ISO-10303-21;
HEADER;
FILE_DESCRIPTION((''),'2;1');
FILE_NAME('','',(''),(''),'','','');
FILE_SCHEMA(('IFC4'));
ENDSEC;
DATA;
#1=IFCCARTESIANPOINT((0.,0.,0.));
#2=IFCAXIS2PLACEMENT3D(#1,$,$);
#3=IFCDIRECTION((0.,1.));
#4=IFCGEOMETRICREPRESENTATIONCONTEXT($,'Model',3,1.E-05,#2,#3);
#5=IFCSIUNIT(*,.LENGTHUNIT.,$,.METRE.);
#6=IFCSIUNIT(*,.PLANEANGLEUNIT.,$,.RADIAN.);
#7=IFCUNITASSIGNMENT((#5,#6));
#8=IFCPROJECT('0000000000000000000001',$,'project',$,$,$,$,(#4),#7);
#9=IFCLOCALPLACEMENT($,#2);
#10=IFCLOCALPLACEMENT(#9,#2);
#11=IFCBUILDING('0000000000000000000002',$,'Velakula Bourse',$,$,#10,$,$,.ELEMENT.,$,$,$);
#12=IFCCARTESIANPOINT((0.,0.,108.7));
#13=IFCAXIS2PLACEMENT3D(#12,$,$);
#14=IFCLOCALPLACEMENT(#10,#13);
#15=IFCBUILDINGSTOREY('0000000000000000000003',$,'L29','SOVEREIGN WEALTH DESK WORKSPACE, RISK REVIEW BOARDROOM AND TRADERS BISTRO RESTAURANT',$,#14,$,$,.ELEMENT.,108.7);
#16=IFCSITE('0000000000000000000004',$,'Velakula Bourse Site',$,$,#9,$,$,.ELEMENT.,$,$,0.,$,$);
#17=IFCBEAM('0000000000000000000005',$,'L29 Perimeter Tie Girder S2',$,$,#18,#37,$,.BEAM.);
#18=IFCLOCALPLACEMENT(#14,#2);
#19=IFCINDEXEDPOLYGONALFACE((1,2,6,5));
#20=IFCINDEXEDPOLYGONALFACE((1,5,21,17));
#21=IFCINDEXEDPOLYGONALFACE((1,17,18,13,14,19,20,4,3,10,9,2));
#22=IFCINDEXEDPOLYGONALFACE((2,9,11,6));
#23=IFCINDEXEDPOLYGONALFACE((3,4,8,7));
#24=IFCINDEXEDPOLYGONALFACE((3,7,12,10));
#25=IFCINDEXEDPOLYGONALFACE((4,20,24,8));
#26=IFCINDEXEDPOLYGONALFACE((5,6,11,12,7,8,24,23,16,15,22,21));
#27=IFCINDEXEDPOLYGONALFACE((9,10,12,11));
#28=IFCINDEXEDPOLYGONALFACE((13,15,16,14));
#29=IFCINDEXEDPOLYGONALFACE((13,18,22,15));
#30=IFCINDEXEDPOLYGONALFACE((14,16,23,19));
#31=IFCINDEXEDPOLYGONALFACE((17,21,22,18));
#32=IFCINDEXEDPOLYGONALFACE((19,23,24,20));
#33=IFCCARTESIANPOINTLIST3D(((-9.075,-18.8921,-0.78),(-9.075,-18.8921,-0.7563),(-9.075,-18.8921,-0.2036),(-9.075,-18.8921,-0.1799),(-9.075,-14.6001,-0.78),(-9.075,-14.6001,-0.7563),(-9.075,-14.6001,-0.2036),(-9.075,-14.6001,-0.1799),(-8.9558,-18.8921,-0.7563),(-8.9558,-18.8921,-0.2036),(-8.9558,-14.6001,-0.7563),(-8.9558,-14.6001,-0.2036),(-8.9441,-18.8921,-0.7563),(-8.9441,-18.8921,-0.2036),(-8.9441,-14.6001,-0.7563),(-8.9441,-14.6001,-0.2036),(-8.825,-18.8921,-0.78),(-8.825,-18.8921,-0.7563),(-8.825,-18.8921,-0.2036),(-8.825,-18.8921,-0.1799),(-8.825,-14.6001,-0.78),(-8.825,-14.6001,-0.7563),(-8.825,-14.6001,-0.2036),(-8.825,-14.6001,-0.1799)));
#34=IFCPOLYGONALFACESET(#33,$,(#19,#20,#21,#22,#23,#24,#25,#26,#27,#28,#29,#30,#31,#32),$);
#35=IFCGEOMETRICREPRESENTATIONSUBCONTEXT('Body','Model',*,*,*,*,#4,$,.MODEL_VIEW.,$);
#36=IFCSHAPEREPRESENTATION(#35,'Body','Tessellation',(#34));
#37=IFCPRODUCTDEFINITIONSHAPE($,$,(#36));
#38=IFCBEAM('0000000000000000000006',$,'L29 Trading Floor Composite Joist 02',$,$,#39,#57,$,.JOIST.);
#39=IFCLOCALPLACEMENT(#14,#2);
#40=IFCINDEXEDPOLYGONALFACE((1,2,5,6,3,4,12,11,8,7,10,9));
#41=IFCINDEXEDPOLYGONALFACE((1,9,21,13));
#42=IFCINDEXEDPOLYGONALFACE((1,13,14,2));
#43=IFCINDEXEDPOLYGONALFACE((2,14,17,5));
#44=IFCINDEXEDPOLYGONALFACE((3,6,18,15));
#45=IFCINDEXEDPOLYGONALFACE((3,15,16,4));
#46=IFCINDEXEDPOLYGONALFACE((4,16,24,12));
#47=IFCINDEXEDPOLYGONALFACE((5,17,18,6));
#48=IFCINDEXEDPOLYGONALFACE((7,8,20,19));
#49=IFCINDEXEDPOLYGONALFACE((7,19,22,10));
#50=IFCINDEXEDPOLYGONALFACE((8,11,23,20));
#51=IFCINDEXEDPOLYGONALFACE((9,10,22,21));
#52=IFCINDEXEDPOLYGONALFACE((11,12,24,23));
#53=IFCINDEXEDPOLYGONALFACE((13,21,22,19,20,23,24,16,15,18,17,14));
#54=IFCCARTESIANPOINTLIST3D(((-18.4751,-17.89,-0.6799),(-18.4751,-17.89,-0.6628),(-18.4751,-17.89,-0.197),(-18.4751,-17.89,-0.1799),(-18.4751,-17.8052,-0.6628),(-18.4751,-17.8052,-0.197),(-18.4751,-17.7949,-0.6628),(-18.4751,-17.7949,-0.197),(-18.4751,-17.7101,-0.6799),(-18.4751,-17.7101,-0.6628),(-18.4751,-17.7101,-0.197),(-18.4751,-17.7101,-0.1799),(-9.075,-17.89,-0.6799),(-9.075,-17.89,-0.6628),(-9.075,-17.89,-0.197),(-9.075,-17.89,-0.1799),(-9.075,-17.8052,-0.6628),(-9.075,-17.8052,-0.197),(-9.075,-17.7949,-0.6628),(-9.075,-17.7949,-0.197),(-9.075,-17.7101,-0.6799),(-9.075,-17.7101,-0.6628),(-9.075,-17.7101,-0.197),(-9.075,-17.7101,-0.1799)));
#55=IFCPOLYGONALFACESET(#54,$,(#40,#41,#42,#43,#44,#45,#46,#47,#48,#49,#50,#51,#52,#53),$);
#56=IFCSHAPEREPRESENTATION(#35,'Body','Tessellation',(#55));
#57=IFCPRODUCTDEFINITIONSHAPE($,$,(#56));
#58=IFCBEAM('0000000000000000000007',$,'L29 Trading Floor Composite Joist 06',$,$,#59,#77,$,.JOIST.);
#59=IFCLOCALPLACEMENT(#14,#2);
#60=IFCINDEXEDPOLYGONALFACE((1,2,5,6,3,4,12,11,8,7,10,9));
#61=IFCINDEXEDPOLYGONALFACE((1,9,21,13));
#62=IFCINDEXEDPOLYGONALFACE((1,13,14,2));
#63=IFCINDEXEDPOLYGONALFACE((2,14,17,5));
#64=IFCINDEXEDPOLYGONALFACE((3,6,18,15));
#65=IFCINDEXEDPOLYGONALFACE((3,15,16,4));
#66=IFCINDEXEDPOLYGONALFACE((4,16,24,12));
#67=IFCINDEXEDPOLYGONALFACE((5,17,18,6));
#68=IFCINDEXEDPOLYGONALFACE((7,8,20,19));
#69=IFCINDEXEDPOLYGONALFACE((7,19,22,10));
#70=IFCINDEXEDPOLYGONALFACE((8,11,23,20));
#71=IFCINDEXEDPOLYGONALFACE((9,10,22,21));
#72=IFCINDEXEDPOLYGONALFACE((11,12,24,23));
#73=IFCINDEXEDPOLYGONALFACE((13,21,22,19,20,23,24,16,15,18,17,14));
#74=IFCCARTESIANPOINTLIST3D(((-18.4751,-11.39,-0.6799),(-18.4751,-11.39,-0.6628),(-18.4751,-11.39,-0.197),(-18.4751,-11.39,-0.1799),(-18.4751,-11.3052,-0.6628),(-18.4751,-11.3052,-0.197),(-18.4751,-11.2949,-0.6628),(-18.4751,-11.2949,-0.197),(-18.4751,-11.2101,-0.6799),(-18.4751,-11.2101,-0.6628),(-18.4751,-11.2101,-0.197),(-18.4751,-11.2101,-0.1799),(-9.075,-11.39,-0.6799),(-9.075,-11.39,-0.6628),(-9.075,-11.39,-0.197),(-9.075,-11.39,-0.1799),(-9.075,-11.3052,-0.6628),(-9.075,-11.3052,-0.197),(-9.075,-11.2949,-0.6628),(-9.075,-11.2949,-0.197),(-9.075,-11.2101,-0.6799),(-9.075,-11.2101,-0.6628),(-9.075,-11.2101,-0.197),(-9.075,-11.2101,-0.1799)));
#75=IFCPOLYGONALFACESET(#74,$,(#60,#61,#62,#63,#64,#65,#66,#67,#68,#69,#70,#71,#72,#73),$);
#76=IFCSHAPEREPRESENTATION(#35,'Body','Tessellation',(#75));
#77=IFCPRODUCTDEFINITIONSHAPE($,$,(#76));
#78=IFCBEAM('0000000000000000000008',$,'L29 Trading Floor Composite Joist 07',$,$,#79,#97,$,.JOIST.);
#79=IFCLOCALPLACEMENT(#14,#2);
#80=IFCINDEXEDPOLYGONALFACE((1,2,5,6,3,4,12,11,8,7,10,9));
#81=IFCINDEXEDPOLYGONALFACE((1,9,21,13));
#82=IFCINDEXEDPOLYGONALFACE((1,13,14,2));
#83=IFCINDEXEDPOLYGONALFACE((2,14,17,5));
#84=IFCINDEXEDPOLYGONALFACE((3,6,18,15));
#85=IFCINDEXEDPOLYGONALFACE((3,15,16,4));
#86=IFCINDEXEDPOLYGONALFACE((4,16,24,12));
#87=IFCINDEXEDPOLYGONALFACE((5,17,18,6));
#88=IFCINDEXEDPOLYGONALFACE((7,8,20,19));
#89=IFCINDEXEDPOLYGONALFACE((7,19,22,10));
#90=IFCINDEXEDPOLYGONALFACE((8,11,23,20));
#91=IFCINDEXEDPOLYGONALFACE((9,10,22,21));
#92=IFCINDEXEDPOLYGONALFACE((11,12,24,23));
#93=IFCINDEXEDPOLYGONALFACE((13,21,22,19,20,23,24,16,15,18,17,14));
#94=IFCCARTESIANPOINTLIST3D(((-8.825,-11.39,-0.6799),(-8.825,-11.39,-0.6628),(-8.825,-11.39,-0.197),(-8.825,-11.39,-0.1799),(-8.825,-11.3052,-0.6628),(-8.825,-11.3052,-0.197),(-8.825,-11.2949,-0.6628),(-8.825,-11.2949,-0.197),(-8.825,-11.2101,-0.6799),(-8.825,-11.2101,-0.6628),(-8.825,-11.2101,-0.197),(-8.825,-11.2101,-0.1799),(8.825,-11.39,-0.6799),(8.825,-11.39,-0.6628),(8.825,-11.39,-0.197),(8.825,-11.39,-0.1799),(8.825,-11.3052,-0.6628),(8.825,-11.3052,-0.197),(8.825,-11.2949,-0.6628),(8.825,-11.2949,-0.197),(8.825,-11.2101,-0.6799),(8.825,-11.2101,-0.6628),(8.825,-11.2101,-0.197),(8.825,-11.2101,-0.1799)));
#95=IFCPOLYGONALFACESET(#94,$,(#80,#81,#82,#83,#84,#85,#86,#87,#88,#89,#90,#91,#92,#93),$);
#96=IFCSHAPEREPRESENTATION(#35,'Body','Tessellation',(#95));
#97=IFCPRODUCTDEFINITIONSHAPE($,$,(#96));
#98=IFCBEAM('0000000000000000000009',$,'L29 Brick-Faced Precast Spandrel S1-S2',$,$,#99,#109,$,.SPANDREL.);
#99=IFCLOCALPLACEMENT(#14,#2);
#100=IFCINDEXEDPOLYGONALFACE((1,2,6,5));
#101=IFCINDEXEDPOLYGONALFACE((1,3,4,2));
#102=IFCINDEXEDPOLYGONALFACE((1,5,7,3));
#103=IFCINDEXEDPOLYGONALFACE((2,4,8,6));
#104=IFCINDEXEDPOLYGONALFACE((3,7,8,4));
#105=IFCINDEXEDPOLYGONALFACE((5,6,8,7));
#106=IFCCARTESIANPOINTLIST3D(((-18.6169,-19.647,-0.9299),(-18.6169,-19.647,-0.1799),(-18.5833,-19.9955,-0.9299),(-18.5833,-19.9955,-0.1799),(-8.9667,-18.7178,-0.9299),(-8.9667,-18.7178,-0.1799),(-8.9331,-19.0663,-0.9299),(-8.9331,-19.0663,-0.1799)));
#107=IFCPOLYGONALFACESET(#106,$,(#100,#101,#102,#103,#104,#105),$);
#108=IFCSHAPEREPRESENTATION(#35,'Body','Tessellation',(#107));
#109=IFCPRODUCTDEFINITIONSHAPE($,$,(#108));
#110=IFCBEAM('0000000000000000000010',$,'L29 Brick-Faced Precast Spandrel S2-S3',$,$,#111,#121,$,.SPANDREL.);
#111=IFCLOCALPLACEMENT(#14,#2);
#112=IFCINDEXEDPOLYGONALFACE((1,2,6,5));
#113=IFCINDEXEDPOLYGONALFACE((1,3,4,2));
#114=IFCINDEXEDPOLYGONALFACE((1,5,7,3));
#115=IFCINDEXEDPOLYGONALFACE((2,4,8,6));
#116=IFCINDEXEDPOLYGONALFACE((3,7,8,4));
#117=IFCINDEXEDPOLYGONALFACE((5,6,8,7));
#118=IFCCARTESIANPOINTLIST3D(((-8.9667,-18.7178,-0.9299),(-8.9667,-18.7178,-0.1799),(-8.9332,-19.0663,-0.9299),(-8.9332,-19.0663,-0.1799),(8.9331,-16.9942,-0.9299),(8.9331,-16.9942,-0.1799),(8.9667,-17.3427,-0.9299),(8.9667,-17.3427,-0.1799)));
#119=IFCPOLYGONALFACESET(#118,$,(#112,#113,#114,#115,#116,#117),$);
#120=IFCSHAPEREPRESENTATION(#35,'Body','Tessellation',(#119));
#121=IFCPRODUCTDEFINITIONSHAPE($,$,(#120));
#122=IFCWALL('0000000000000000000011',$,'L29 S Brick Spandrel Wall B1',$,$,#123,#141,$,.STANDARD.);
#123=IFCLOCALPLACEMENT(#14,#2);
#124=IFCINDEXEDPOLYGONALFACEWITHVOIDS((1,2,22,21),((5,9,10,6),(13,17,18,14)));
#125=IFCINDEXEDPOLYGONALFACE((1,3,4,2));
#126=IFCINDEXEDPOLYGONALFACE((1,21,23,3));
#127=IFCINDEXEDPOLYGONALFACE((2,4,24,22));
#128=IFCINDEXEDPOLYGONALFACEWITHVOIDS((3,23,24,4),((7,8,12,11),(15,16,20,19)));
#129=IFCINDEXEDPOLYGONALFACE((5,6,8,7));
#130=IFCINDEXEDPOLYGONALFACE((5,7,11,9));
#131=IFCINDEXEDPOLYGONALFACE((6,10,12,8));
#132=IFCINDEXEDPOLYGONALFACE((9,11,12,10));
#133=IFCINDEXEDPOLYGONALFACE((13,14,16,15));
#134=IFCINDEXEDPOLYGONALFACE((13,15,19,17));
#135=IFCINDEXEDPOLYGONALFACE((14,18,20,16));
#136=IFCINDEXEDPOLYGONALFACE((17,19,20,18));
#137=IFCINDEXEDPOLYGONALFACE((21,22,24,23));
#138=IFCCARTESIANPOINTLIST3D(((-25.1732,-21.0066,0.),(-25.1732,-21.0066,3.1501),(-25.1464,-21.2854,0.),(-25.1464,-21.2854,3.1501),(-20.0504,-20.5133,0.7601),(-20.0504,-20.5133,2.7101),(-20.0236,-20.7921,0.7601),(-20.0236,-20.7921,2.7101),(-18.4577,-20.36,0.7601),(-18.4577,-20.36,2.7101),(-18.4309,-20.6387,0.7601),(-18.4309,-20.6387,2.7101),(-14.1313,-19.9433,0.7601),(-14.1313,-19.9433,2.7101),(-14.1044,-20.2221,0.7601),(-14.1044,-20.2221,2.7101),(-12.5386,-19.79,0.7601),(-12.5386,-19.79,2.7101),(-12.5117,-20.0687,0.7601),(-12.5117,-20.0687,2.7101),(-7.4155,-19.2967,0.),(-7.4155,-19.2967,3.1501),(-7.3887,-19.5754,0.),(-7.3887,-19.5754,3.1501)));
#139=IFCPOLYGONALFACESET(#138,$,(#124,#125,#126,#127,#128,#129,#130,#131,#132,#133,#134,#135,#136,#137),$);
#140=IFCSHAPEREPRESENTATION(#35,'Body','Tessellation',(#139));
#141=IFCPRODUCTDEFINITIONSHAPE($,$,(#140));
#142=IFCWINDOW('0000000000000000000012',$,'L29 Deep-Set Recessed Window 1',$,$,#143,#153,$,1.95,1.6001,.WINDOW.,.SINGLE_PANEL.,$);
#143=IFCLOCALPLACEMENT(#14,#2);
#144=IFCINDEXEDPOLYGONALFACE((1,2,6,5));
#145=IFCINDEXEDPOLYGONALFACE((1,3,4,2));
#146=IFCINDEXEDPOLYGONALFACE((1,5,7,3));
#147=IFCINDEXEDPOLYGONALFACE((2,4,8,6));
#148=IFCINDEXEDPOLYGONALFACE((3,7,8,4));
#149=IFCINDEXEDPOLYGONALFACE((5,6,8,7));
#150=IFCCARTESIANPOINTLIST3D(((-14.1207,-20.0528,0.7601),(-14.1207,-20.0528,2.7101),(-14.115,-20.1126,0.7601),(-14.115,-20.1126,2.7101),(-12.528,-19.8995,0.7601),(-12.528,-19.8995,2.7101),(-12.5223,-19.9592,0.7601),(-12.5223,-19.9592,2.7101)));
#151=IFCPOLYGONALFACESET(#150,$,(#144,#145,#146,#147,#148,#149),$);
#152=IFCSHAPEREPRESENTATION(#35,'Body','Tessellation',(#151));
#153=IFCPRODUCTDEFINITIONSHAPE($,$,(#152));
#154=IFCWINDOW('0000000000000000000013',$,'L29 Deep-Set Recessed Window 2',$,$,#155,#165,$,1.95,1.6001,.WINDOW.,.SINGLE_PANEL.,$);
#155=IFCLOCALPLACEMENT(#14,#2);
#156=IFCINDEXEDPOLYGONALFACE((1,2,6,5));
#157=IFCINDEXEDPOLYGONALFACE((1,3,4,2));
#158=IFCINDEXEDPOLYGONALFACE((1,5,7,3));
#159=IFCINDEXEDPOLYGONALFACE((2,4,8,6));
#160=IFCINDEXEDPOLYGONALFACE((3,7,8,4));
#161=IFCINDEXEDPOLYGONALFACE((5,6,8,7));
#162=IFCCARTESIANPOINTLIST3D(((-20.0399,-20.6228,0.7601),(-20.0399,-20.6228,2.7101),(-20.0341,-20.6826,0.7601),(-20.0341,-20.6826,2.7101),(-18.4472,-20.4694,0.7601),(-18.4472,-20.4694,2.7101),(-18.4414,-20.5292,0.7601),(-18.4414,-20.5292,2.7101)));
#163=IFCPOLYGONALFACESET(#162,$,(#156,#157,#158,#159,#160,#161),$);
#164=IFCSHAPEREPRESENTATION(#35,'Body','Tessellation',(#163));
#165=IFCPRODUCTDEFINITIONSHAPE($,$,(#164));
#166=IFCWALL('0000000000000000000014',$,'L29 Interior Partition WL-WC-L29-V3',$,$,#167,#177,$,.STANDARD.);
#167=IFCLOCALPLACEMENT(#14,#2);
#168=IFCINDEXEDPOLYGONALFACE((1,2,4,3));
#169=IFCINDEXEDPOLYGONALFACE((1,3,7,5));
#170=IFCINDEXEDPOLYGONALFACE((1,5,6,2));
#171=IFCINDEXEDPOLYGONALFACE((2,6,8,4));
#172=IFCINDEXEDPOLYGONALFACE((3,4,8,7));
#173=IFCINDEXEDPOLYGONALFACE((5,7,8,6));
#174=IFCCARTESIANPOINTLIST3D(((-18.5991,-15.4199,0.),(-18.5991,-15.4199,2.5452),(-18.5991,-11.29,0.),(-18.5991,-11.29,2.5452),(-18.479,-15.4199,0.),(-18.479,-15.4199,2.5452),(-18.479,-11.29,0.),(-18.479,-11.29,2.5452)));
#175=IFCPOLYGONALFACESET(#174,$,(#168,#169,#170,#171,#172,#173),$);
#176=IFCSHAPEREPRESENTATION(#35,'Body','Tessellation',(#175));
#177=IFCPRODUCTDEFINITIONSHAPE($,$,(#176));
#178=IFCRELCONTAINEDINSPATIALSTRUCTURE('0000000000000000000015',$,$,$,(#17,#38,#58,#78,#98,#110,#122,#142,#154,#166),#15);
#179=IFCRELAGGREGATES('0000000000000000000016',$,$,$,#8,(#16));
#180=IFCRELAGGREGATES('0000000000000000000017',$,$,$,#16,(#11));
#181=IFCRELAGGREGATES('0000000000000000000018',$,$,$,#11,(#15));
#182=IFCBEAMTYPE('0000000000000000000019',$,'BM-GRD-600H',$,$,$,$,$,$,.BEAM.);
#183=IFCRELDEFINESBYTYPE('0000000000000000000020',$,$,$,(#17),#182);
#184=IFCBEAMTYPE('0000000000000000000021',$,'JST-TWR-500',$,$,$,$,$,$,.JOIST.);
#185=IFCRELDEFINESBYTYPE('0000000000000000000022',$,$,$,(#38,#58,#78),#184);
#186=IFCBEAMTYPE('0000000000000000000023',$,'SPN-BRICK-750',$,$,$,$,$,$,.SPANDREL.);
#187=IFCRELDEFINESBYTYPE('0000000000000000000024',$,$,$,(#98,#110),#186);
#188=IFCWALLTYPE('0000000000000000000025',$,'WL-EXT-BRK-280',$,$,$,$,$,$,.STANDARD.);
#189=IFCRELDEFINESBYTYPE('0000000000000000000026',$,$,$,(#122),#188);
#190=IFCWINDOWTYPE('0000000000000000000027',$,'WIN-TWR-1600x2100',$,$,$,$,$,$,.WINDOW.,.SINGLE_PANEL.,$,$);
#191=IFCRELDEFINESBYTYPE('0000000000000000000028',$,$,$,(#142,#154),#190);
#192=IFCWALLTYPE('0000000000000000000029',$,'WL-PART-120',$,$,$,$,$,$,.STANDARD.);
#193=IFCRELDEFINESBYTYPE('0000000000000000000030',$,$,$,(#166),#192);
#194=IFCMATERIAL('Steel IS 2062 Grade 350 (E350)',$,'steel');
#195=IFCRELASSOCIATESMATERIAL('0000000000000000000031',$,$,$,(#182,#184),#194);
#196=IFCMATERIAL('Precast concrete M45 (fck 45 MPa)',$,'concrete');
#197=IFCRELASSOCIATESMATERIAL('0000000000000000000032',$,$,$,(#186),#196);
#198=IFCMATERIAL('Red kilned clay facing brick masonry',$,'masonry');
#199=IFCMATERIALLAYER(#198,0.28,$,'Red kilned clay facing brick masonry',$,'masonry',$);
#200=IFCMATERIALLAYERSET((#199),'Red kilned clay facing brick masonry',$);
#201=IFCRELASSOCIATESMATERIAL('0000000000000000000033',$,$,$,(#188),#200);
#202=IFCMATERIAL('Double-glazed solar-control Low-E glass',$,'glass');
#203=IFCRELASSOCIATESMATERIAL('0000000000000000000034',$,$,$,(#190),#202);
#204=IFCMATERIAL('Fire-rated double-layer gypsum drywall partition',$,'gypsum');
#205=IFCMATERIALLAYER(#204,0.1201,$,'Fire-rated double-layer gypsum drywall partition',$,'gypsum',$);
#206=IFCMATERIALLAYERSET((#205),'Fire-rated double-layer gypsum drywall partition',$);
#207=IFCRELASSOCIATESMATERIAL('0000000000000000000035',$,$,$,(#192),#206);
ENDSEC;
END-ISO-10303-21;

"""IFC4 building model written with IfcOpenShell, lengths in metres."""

from ifc_helpers import new_model, si_unit, direction, frame, frame_2d, origin, origin_2d, place, context, subcontext, project, spatial, rectangle, i_section, extrude, material, layer, layer_set, material_profile, profile_set, type_object, element, fill, save


model = new_model("IFC4")

# Units and contexts
model_context = context("Model", 3, precision=1e-05, world=origin(), true_north=direction((0.0, 1.0)))
body_context = subcontext(model_context, "Body", "Model", "MODEL_VIEW")
ifc_project = project(units=[si_unit("LENGTHUNIT", "METRE"), si_unit("PLANEANGLEUNIT", "RADIAN")], contexts=[model_context])

# Site, building, storey
site_placement = place(None, origin())
site = spatial("IfcSite", under=ifc_project, at=site_placement, Name="Velakula Bourse Site", CompositionType="ELEMENT", RefElevation=0.0)
building_placement = place(site_placement, origin())
building = spatial("IfcBuilding", under=site, at=building_placement, Name="Velakula Bourse", CompositionType="ELEMENT")
storey_placement = place(building_placement, frame((0.0, 0.0, 108.7)))
storey = spatial("IfcBuildingStorey", under=building, at=storey_placement, Name="L29", Description="SOVEREIGN WEALTH DESK WORKSPACE, RISK REVIEW BOARDROOM AND TRADERS BISTRO RESTAURANT", CompositionType="ELEMENT", Elevation=108.7)

# Beams
ifc_material_1 = material(Name="Steel IS 2062 Grade 350 (E350)", Category="steel")
ifc_material_profile_1 = material_profile(ifc_material_1, i_section(OverallWidth=0.25, OverallDepth=0.6001, WebThickness=0.0117, FlangeThickness=0.0237, at=origin_2d()), Name="Steel IS 2062 Grade 350 (E350)")
ifc_profile_set_1 = profile_set([ifc_material_profile_1], Name="Steel IS 2062 Grade 350 (E350)")
beam_type_1 = type_object("IfcBeamType", Name="BM-GRD-600H", PredefinedType="BEAM", material=ifc_profile_set_1)
beam_1_placement = place(storey_placement, frame((-8.95, -14.6001, -0.48), z_axis=(0.0, -1.0, 0.0), x_axis=(1.0, 0.0, 0.0)))
element("IfcBeam", 1, at=beam_1_placement, inside=storey, type_object=beam_type_1, Name="L29 Perimeter Tie Girder S2", PredefinedType="BEAM", context=body_context, shape_type="SweptSolid", body=[
    extrude(i_section(OverallWidth=0.25, OverallDepth=0.6001, WebThickness=0.0117, FlangeThickness=0.0237, at=origin_2d()), origin(), (0.0, 0.0, 1.0), 4.292),
])
ifc_material_profile_2 = material_profile(ifc_material_1, i_section(OverallWidth=0.1799, OverallDepth=0.5, WebThickness=0.0103, FlangeThickness=0.0171, at=origin_2d()), Name="Steel IS 2062 Grade 350 (E350)")
ifc_profile_set_2 = profile_set([ifc_material_profile_2], Name="Steel IS 2062 Grade 350 (E350)")
beam_type_2 = type_object("IfcBeamType", Name="JST-TWR-500", PredefinedType="JOIST", material=ifc_profile_set_2)
for number, where, z_axis, x_axis, name in (
    (2, (-18.4751, -17.8, -0.4299), (1.0, 0.0, 0.0), (0.0, 1.0, 0.0), "L29 Trading Floor Composite Joist 02"),
    (3, (-18.4751, -11.3, -0.4299), (1.0, 0.0, 0.0), (0.0, 1.0, 0.0), "L29 Trading Floor Composite Joist 06"),
):
    element("IfcBeam", number, at=place(storey_placement, frame(where, z_axis=z_axis, x_axis=x_axis)), inside=storey, type_object=beam_type_2, Name=name, PredefinedType="JOIST", context=body_context, shape_type="SweptSolid", body=[
        extrude(i_section(OverallWidth=0.1799, OverallDepth=0.5, WebThickness=0.0103, FlangeThickness=0.0171, at=origin_2d()), origin(), (0.0, 0.0, 1.0), 9.4001),
    ])
beam_2_placement = place(storey_placement, frame((-8.825, -11.3, -0.4299), z_axis=(1.0, 0.0, 0.0), x_axis=(0.0, 1.0, 0.0)))
element("IfcBeam", 4, at=beam_2_placement, inside=storey, type_object=beam_type_2, Name="L29 Trading Floor Composite Joist 07", PredefinedType="JOIST", context=body_context, shape_type="SweptSolid", body=[
    extrude(i_section(OverallWidth=0.1799, OverallDepth=0.5, WebThickness=0.0103, FlangeThickness=0.0171, at=origin_2d()), origin(), (0.0, 0.0, 1.0), 17.6499),
])
ifc_material_2 = material(Name="Precast concrete M45 (fck 45 MPa)", Category="concrete")
ifc_material_profile_3 = material_profile(ifc_material_2, rectangle(XDim=0.3501, YDim=0.75, at=origin_2d()), Name="Precast concrete M45 (fck 45 MPa)")
ifc_profile_set_3 = profile_set([ifc_material_profile_3], Name="Precast concrete M45 (fck 45 MPa)")
beam_type_3 = type_object("IfcBeamType", Name="SPN-BRICK-750", PredefinedType="SPANDREL", material=ifc_profile_set_3)
beam_3_placement = place(storey_placement, frame((-18.6001, -19.8213, -0.5549), z_axis=(0.995396, 0.095845, 0.0), x_axis=(-0.095845, 0.995396, 0.0)))
element("IfcBeam", 5, at=beam_3_placement, inside=storey, type_object=beam_type_3, Name="L29 Brick-Faced Precast Spandrel S1-S2", PredefinedType="SPANDREL", context=body_context, shape_type="SweptSolid", body=[
    extrude(rectangle(XDim=0.3501, YDim=0.75, at=origin_2d()), origin(), (0.0, 0.0, 1.0), 9.6948),
])
beam_4_placement = place(storey_placement, frame((-8.95, -18.8921, -0.5549), z_axis=(0.995396, 0.09585, 0.0), x_axis=(-0.09585, 0.995396, 0.0)))
element("IfcBeam", 6, at=beam_4_placement, inside=storey, type_object=beam_type_3, Name="L29 Brick-Faced Precast Spandrel S2-S3", PredefinedType="SPANDREL", context=body_context, shape_type="SweptSolid", body=[
    extrude(rectangle(XDim=0.3501, YDim=0.75, at=origin_2d()), origin(), (0.0, 0.0, 1.0), 17.9827),
])

# Wall, openings, windows
ifc_material_3 = material(Name="Red kilned clay facing brick masonry", Category="masonry")
ifc_layer_1 = layer(ifc_material_3, 0.28, Name="Red kilned clay facing brick masonry", Category="masonry")
ifc_layer_set_1 = layer_set([ifc_layer_1], Name="Red kilned clay facing brick masonry")
wall_type_1 = type_object("IfcWallType", Name="WL-EXT-BRK-280", PredefinedType="STANDARD", material=ifc_layer_set_1)
wall_1_placement = place(storey_placement, frame((-7.4021, -19.436, 0.0), z_axis=(0.0, 0.0, 1.0), x_axis=(-0.995396, -0.09585, 0.0)))
wall_1 = element("IfcWall", 7, at=wall_1_placement, inside=storey, type_object=wall_type_1, Name="L29 S Brick Spandrel Wall B1", PredefinedType="STANDARD", context=body_context, shape_type="SweptSolid", body=[
    extrude(rectangle(XDim=17.8398, YDim=0.28, at=frame_2d((8.9199, 0.0))), origin(), (0.0, 0.0, 1.0), 3.1501),
])
opening_1_placement = place(wall_1_placement, frame((5.1467, 0.0, 0.76)))
opening_1 = element("IfcOpeningElement", 8, at=opening_1_placement, cuts=wall_1, PredefinedType="OPENING", context=body_context, shape_type="SweptSolid", body=[
    extrude(rectangle(XDim=1.6001, YDim=1.95, at=frame_2d((0.8, 0.9751))), frame((0.0, 0.1499, 0.0), z_axis=(0.0, -1.0, 0.0), x_axis=(1.0, 0.0, 0.0)), (0.0, 0.0, 1.0), 0.3),
])
opening_2_placement = place(wall_1_placement, frame((11.0933, 0.0, 0.76)))
opening_2 = element("IfcOpeningElement", 9, at=opening_2_placement, cuts=wall_1, PredefinedType="OPENING", context=body_context, shape_type="SweptSolid", body=[
    extrude(rectangle(XDim=1.6001, YDim=1.95, at=frame_2d((0.8, 0.9751))), frame((0.0, 0.1499, 0.0), z_axis=(0.0, -1.0, 0.0), x_axis=(1.0, 0.0, 0.0)), (0.0, 0.0, 1.0), 0.3),
])
ifc_material_4 = material(Name="Double-glazed solar-control Low-E glass", Category="glass")
window_type = type_object("IfcWindowType", Name="WIN-TWR-1600x2100", PartitioningType="SINGLE_PANEL", PredefinedType="WINDOW", material=ifc_material_4)
window_1_placement = place(opening_1_placement, origin())
window_1 = element("IfcWindow", 10, at=window_1_placement, inside=storey, type_object=window_type, Name="L29 Deep-Set Recessed Window 1", OverallHeight=1.95, OverallWidth=1.6001, PartitioningType="SINGLE_PANEL", PredefinedType="WINDOW", context=body_context, shape_type="SweptSolid", body=[
    extrude(rectangle(XDim=1.6001, YDim=1.95, at=frame_2d((0.8, 0.9751))), frame((0.0, 0.03, 0.0), z_axis=(0.0, -1.0, 0.0), x_axis=(1.0, 0.0, 0.0)), (0.0, 0.0, 1.0), 0.0601),
])
fill(opening_1, window_1)
window_2_placement = place(opening_2_placement, origin())
window_2 = element("IfcWindow", 11, at=window_2_placement, inside=storey, type_object=window_type, Name="L29 Deep-Set Recessed Window 2", OverallHeight=1.95, OverallWidth=1.6001, PartitioningType="SINGLE_PANEL", PredefinedType="WINDOW", context=body_context, shape_type="SweptSolid", body=[
    extrude(rectangle(XDim=1.6001, YDim=1.95, at=frame_2d((0.8, 0.9751))), frame((0.0, 0.03, 0.0), z_axis=(0.0, -1.0, 0.0), x_axis=(1.0, 0.0, 0.0)), (0.0, 0.0, 1.0), 0.0601),
])
fill(opening_2, window_2)

# Wall
ifc_material_5 = material(Name="Fire-rated double-layer gypsum drywall partition", Category="gypsum")
ifc_layer_2 = layer(ifc_material_5, 0.1201, Name="Fire-rated double-layer gypsum drywall partition", Category="gypsum")
ifc_layer_set_2 = layer_set([ifc_layer_2], Name="Fire-rated double-layer gypsum drywall partition")
wall_type_2 = type_object("IfcWallType", Name="WL-PART-120", PredefinedType="STANDARD", material=ifc_layer_set_2)
wall_2_placement = place(storey_placement, frame((-18.5391, -15.4199, 0.0), z_axis=(0.0, 0.0, 1.0), x_axis=(0.0, 1.0, 0.0)))
element("IfcWall", 12, at=wall_2_placement, inside=storey, type_object=wall_type_2, Name="L29 Interior Partition WL-WC-L29-V3", PredefinedType="STANDARD", context=body_context, shape_type="SweptSolid", body=[
    extrude(rectangle(XDim=4.1299, YDim=0.1201, at=frame_2d((2.0649, 0.0))), origin(), (0.0, 0.0, 1.0), 2.5452),
])

save(model, "model.ifc")
